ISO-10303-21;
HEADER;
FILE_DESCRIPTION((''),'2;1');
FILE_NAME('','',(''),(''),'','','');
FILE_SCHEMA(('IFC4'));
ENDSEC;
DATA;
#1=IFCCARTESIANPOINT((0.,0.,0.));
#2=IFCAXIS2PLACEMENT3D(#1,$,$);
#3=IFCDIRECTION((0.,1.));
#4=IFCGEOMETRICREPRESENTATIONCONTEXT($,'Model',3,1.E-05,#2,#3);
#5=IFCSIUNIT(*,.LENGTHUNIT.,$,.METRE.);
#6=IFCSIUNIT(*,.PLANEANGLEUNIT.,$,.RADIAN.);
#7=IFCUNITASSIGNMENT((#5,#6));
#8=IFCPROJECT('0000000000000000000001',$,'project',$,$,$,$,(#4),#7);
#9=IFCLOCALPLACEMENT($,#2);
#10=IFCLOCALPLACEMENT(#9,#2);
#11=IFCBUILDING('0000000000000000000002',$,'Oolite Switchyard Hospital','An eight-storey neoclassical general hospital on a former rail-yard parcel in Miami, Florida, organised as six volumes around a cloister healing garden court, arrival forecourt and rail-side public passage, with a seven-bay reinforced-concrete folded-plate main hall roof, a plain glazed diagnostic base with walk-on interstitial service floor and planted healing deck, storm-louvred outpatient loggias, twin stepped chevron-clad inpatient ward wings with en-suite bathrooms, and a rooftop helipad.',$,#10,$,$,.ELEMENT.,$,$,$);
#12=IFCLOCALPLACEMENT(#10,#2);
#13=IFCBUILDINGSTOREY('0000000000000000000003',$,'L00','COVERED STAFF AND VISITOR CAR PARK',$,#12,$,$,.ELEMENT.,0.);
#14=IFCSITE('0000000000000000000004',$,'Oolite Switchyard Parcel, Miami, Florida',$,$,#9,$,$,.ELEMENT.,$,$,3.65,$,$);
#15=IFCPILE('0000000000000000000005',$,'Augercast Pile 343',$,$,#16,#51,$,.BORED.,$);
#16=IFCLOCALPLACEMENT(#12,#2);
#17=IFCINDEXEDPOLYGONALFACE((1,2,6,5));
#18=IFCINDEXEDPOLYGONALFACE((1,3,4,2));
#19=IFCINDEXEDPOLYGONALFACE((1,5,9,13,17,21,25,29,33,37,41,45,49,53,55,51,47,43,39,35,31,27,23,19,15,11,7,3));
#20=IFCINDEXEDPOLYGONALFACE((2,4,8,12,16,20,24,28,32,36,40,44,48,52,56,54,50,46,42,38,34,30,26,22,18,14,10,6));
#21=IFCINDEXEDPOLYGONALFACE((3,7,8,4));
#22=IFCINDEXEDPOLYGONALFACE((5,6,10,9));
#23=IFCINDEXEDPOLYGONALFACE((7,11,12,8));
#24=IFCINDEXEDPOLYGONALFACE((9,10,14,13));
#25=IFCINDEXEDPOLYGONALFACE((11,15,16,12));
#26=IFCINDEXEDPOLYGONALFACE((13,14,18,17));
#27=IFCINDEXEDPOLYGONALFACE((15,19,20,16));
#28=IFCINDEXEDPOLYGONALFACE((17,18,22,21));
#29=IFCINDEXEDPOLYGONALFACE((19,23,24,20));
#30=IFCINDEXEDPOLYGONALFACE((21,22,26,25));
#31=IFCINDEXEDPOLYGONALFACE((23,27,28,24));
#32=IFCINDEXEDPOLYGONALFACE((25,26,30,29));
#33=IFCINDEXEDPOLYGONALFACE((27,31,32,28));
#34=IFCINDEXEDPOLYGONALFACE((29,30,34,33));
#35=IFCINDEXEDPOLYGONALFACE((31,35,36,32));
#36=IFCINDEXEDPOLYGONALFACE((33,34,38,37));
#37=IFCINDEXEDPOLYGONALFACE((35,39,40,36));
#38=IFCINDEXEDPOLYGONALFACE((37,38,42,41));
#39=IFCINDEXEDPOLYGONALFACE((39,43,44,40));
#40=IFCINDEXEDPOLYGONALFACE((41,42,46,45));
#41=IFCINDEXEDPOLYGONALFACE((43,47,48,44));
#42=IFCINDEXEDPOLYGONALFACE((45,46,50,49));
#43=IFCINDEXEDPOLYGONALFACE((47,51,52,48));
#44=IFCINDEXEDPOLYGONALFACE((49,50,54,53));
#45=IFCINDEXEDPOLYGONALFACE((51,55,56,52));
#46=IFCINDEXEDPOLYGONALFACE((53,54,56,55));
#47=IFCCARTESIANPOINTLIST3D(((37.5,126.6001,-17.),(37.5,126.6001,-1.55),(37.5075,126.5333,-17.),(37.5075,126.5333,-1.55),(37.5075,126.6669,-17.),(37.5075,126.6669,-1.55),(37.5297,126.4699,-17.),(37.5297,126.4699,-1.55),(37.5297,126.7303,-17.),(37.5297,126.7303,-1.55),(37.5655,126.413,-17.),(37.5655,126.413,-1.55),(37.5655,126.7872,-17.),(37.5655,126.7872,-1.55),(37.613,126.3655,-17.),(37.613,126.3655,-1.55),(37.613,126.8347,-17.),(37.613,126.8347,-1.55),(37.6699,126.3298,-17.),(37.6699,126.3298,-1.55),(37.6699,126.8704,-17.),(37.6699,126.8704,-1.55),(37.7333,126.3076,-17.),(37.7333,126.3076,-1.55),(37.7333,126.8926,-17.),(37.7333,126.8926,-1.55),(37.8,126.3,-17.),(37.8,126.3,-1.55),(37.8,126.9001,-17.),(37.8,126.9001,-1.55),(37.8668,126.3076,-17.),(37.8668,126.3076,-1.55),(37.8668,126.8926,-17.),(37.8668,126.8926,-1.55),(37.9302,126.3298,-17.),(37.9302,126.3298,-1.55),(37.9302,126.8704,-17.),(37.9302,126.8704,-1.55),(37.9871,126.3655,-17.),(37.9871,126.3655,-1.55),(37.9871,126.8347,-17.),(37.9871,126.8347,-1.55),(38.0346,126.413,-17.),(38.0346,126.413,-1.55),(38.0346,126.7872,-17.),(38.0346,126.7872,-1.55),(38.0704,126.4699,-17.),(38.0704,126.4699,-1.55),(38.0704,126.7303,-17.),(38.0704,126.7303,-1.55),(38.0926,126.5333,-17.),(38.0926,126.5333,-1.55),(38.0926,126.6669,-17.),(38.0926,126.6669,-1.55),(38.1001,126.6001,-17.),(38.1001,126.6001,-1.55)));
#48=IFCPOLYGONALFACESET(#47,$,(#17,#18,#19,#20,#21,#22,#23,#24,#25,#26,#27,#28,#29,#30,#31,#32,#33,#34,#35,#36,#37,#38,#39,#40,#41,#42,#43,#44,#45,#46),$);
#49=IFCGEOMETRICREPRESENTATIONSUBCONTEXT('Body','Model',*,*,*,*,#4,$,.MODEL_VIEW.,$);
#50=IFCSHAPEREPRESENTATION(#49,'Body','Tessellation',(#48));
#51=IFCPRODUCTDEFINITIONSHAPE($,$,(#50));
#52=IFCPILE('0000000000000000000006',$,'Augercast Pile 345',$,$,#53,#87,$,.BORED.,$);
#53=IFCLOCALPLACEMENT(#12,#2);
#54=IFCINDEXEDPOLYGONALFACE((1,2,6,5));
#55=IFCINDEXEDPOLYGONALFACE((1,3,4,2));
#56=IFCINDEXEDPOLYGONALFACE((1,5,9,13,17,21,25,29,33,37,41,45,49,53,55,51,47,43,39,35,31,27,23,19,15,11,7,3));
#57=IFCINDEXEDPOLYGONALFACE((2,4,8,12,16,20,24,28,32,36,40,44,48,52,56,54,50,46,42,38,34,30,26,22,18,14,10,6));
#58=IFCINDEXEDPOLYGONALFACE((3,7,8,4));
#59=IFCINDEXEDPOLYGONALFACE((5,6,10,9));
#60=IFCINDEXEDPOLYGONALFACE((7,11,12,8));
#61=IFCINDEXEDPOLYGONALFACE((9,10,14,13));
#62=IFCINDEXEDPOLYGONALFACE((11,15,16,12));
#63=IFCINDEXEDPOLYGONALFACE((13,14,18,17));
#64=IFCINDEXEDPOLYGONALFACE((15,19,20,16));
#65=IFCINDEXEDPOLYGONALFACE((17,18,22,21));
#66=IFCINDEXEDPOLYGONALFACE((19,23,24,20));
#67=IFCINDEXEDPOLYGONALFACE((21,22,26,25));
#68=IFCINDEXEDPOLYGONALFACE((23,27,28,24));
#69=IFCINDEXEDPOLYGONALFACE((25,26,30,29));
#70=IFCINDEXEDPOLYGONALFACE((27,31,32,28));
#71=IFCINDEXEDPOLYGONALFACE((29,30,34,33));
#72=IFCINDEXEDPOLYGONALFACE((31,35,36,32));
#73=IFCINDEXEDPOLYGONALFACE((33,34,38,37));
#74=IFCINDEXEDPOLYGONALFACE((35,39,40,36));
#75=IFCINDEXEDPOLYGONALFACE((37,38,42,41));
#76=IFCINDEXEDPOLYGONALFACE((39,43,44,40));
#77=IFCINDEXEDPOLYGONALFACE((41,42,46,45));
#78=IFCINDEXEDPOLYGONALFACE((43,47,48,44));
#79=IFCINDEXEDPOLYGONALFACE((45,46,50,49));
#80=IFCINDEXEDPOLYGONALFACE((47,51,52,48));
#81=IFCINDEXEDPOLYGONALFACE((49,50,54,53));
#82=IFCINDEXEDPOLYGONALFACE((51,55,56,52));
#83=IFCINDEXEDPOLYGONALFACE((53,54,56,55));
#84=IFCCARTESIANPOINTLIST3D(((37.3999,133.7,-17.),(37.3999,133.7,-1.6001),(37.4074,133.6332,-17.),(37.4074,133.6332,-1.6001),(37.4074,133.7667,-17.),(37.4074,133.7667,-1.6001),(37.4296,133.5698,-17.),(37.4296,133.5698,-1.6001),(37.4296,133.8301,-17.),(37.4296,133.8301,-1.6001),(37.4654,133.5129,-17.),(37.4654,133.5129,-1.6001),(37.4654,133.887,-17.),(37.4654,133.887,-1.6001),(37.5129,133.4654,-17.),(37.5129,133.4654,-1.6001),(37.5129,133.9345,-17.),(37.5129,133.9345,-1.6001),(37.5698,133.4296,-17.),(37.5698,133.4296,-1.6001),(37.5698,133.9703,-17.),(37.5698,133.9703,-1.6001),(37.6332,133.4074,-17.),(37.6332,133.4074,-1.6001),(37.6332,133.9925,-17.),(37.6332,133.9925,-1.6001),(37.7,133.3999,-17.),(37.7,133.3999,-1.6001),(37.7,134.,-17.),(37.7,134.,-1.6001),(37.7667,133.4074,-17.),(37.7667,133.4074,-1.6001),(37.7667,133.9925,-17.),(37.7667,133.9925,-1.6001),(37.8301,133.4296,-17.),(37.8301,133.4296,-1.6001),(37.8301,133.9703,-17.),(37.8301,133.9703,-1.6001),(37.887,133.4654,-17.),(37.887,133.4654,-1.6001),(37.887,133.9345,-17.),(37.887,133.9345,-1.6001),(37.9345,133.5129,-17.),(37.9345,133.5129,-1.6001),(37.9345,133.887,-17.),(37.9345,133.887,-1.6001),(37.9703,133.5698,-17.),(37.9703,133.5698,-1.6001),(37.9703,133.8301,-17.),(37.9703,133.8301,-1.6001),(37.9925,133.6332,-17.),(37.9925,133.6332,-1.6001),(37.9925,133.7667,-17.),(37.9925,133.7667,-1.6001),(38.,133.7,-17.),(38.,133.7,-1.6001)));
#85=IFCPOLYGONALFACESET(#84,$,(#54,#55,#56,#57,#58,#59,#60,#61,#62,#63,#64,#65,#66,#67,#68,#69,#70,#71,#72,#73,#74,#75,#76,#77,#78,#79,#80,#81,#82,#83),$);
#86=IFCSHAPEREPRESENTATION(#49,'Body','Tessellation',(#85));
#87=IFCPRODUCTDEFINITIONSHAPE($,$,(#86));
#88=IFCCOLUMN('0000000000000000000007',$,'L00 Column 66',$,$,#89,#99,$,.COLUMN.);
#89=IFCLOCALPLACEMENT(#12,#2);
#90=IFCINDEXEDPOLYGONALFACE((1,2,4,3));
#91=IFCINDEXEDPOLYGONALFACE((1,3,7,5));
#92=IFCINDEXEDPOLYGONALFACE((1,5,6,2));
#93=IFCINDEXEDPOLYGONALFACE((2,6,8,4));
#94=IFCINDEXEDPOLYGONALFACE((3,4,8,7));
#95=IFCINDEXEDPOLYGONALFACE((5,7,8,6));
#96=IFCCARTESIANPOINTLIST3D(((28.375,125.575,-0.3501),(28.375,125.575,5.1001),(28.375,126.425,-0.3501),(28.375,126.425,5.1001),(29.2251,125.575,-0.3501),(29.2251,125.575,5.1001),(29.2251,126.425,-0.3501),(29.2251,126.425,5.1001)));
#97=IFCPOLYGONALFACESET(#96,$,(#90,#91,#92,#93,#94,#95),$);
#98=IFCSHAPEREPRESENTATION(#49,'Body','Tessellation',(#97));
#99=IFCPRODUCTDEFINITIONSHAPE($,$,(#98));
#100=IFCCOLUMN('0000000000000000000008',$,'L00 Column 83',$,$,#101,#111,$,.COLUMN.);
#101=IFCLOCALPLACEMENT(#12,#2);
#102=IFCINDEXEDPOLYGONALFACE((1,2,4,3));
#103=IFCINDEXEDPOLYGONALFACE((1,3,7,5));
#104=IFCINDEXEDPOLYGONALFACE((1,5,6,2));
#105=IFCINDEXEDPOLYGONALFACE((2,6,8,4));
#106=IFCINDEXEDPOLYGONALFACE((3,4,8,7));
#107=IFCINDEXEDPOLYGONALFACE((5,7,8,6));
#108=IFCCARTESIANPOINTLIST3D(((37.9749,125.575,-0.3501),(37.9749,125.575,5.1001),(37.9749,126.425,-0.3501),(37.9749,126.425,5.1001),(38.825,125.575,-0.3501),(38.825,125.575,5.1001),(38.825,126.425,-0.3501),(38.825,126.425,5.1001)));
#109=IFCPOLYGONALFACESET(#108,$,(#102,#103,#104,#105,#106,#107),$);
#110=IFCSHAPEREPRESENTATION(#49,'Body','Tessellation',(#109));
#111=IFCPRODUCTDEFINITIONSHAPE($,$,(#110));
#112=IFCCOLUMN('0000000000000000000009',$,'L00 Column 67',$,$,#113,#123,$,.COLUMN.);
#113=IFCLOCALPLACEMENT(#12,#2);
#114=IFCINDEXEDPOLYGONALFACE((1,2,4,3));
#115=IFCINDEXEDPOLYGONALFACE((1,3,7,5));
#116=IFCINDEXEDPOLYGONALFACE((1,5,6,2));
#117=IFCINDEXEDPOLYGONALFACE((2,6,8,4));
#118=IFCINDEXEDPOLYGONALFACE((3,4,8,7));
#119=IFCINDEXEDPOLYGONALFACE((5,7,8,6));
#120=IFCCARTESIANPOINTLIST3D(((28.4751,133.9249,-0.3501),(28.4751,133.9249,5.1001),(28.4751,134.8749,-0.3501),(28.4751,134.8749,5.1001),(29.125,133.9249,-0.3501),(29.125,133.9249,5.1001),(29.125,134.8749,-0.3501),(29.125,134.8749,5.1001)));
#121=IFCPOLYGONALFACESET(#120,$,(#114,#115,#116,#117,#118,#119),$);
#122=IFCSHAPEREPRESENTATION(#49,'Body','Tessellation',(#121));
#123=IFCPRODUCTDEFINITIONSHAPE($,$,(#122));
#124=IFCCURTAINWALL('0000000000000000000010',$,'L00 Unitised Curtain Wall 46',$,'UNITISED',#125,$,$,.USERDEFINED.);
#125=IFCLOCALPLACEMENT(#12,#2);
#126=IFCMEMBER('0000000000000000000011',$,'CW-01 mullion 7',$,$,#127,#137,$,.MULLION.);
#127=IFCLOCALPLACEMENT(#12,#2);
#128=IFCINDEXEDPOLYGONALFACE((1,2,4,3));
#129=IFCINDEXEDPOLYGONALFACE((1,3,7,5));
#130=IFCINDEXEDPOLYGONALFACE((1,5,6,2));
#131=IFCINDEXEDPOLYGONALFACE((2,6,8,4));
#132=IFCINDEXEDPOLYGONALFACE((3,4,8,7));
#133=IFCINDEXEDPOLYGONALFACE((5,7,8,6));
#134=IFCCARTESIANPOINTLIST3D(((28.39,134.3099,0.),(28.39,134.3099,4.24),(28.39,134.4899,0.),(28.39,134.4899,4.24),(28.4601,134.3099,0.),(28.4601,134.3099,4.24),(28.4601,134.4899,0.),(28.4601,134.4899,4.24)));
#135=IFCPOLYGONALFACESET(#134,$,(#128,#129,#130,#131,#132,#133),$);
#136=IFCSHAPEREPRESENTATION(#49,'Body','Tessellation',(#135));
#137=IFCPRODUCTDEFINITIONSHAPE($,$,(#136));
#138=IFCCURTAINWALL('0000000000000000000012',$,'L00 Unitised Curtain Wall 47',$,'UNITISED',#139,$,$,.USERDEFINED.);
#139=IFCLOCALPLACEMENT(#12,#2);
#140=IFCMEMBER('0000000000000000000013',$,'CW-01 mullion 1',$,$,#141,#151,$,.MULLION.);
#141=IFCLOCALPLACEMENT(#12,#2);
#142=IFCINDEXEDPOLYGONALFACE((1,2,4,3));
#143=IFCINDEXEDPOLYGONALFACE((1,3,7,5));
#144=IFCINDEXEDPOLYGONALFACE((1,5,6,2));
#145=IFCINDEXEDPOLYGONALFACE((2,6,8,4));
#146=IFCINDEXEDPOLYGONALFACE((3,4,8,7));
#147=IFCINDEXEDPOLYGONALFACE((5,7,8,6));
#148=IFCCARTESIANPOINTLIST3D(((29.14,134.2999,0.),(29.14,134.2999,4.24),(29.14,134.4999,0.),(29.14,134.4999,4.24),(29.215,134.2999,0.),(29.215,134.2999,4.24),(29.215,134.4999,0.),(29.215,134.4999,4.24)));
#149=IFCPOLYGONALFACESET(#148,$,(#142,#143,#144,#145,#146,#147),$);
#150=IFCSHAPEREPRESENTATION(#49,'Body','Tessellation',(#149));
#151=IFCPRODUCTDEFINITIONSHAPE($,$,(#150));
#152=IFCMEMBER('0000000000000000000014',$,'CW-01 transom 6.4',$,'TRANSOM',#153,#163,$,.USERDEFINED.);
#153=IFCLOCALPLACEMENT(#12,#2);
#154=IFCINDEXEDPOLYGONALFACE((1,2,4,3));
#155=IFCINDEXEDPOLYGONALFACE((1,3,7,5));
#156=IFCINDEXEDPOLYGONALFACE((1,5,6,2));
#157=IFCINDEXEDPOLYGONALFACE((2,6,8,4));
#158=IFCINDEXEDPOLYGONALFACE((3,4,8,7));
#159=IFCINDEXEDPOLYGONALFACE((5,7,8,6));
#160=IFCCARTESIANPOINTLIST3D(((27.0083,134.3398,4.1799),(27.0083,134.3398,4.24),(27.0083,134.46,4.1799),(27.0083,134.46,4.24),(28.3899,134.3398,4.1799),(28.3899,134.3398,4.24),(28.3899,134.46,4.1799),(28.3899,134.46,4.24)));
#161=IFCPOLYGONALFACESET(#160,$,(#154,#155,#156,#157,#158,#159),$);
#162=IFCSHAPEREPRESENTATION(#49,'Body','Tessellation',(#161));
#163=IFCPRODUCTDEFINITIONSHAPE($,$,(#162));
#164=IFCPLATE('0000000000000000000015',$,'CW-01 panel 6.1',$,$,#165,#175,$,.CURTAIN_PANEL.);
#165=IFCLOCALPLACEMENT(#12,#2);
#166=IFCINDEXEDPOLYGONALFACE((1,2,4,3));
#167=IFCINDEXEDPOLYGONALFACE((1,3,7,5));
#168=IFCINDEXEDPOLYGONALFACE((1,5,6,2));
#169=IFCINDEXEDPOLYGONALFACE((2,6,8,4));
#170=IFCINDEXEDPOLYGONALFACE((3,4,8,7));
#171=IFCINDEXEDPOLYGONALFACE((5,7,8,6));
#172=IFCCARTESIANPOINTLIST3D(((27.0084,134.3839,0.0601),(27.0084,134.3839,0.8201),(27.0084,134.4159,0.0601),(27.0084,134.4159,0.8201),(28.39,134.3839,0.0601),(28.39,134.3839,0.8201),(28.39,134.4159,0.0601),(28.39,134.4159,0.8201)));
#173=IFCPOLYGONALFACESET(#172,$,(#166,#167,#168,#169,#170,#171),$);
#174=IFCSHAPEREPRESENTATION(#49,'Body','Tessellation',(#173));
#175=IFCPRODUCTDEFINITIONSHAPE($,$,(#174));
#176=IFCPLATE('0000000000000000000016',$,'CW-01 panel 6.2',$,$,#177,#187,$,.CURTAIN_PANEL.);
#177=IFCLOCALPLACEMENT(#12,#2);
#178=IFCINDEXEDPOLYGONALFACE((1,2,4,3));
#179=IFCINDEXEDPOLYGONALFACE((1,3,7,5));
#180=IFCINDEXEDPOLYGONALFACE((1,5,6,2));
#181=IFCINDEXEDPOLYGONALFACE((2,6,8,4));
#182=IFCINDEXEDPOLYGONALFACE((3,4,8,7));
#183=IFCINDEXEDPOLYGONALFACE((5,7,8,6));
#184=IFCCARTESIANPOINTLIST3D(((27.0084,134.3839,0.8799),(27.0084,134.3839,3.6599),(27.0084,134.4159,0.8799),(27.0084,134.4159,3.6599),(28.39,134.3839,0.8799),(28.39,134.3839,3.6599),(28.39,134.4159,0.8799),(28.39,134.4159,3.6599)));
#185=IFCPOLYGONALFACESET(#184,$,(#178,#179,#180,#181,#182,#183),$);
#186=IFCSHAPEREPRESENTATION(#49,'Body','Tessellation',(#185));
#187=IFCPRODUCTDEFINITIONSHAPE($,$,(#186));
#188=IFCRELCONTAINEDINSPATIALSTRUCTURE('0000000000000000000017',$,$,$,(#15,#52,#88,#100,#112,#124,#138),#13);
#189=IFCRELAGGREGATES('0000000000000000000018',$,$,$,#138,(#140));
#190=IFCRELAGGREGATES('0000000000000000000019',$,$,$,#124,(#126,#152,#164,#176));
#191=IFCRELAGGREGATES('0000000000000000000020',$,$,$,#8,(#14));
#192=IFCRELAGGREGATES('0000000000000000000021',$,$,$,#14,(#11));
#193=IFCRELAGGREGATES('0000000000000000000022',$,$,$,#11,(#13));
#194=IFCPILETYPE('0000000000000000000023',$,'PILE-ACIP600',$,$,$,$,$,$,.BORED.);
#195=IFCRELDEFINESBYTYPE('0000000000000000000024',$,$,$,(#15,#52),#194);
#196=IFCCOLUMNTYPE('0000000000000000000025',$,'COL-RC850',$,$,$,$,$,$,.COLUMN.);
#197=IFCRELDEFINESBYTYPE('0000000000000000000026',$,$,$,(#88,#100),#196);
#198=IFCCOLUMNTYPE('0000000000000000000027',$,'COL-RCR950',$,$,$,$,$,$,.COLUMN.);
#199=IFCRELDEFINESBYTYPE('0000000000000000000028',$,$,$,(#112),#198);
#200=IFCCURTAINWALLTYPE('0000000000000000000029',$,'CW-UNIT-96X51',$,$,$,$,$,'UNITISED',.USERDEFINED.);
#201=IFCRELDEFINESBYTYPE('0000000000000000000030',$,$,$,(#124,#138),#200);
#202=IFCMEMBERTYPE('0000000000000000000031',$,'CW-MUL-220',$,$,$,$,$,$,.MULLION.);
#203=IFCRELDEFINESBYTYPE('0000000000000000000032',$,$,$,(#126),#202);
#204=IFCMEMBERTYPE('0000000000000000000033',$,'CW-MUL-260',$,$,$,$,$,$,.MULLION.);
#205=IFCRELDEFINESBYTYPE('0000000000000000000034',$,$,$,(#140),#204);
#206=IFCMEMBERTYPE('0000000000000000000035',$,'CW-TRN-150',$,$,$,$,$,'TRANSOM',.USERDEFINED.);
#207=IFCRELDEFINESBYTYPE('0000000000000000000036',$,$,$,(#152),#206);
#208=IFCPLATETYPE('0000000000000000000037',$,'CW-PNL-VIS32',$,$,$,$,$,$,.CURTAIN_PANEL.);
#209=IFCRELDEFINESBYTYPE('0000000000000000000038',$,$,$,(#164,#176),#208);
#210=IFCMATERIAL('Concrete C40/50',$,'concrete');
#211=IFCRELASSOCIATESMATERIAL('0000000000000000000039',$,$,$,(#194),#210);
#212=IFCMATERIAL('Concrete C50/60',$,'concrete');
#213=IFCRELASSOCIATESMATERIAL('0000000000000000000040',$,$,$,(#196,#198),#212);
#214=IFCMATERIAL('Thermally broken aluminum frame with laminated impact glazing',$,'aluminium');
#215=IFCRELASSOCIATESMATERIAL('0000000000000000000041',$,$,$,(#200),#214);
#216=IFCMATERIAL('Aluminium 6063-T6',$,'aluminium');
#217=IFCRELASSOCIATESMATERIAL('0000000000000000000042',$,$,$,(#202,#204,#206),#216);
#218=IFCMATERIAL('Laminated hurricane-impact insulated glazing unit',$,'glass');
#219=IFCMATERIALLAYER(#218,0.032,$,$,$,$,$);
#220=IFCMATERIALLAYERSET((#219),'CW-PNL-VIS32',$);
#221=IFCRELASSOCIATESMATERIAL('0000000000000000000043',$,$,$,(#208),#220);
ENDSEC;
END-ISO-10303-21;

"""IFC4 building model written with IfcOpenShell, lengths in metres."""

from ifc_helpers import new_model, si_unit, direction, frame, origin, origin_2d, place, context, subcontext, project, spatial, rectangle, circle, extrude, material, layer, layer_set, material_profile, profile_set, type_object, element, aggregate, save


model = new_model("IFC4")

# Units and contexts
model_context = context("Model", 3, precision=1e-05, world=origin(), true_north=direction((0.0, 1.0)))
body_context = subcontext(model_context, "Body", "Model", "MODEL_VIEW")
ifc_project = project(units=[si_unit("LENGTHUNIT", "METRE"), si_unit("PLANEANGLEUNIT", "RADIAN")], contexts=[model_context])

# Site, building, storey
site_placement = place(None, origin())
site = spatial("IfcSite", under=ifc_project, at=site_placement, Name="Oolite Switchyard Parcel, Miami, Florida", CompositionType="ELEMENT", RefElevation=3.65)
building_placement = place(site_placement, origin())
building = spatial("IfcBuilding", under=site, at=building_placement, Name="Oolite Switchyard Hospital", Description="An eight-storey neoclassical general hospital on a former rail-yard parcel in Miami, Florida, organised as six volumes around a cloister healing garden court, arrival forecourt and rail-side public passage, with a seven-bay reinforced-concrete folded-plate main hall roof, a plain glazed diagnostic base with walk-on interstitial service floor and planted healing deck, storm-louvred outpatient loggias, twin stepped chevron-clad inpatient ward wings with en-suite bathrooms, and a rooftop helipad.", CompositionType="ELEMENT")
storey_placement = place(building_placement, origin())
storey = spatial("IfcBuildingStorey", under=building, at=storey_placement, Name="L00", Description="COVERED STAFF AND VISITOR CAR PARK", CompositionType="ELEMENT", Elevation=0.0)

# Shared definitions
ifc_material_1 = material(Name="Concrete C40/50", Category="concrete")

# Piles
ifc_material_profile_1 = material_profile(ifc_material_1, circle(Radius=0.3, at=origin_2d()), Name="PILE600")
ifc_profile_set_1 = profile_set([ifc_material_profile_1], Name="Concrete C40/50")
pile_type = type_object("IfcPileType", Name="PILE-ACIP600", PredefinedType="BORED", material=ifc_profile_set_1)
for number, where, z_axis, x_axis, name in (
    (1, (37.8, 126.6001, -1.55), (0.0, 0.0, -1.0), (1.0, 0.0, 0.0), "Augercast Pile 343"),
):
    element("IfcPile", number, at=place(storey_placement, frame(where, z_axis=z_axis, x_axis=x_axis)), inside=storey, type_object=pile_type, Name=name, PredefinedType="BORED", context=body_context, shape_type="SweptSolid", body=[
        extrude(circle(Radius=0.3, at=origin_2d()), origin(), (0.0, 0.0, 1.0), 15.45),
    ])
pile_placement = place(storey_placement, frame((37.7, 133.7, -1.6001), z_axis=(0.0, 0.0, -1.0), x_axis=(1.0, 0.0, 0.0)))
element("IfcPile", 2, at=pile_placement, inside=storey, type_object=pile_type, Name="Augercast Pile 345", PredefinedType="BORED", context=body_context, shape_type="SweptSolid", body=[
    extrude(circle(Radius=0.3, at=origin_2d()), origin(), (0.0, 0.0, 1.0), 15.3999),
])

# Columns
ifc_material_2 = material(Name="Concrete C50/60", Category="concrete")
ifc_material_profile_2 = material_profile(ifc_material_2, rectangle(XDim=0.8501, YDim=0.8501, at=origin_2d()), Name="RC850X850")
ifc_profile_set_2 = profile_set([ifc_material_profile_2], Name="Concrete C50/60")
column_type_1 = type_object("IfcColumnType", Name="COL-RC850", PredefinedType="COLUMN", material=ifc_profile_set_2)
for number, where, z_axis, x_axis, name in (
    (3, (28.8, 126.0, -0.3501), (0.0, 0.0, 1.0), (1.0, 0.0, 0.0), "L00 Column 66"),
    (4, (38.3999, 126.0, -0.3501), (0.0, 0.0, 1.0), (1.0, 0.0, 0.0), "L00 Column 83"),
):
    element("IfcColumn", number, at=place(storey_placement, frame(where, z_axis=z_axis, x_axis=x_axis)), inside=storey, type_object=column_type_1, Name=name, PredefinedType="COLUMN", context=body_context, shape_type="SweptSolid", body=[
        extrude(rectangle(XDim=0.8501, YDim=0.8501, at=origin_2d()), origin(), (0.0, 0.0, 1.0), 5.4502),
    ])
ifc_material_profile_3 = material_profile(ifc_material_2, rectangle(XDim=0.95, YDim=0.6499, at=origin_2d()), Name="RC950X650")
ifc_profile_set_3 = profile_set([ifc_material_profile_3], Name="Concrete C50/60")
column_type_2 = type_object("IfcColumnType", Name="COL-RCR950", PredefinedType="COLUMN", material=ifc_profile_set_3)
column_placement = place(storey_placement, frame((28.8, 134.3999, -0.3501), z_axis=(0.0, 0.0, 1.0), x_axis=(0.0, 1.0, 0.0)))
element("IfcColumn", 5, at=column_placement, inside=storey, type_object=column_type_2, Name="L00 Column 67", PredefinedType="COLUMN", context=body_context, shape_type="SweptSolid", body=[
    extrude(rectangle(XDim=0.95, YDim=0.6499, at=origin_2d()), origin(), (0.0, 0.0, 1.0), 5.4502),
])

# Curtain walls, members
ifc_material_3 = material(Name="Thermally broken aluminum frame with laminated impact glazing", Category="aluminium")
curtain_wall_type = type_object("IfcCurtainWallType", Name="CW-UNIT-96X51", ElementType="UNITISED", PredefinedType="USERDEFINED", material=ifc_material_3)
curtain_wall_1_placement = place(storey_placement, origin())
curtain_wall_1 = element("IfcCurtainWall", 6, at=curtain_wall_1_placement, inside=storey, type_object=curtain_wall_type, Name="L00 Unitised Curtain Wall 46", ObjectType="UNITISED", PredefinedType="USERDEFINED")
ifc_material_4 = material(Name="Aluminium 6063-T6", Category="aluminium")
ifc_material_profile_4 = material_profile(ifc_material_4, rectangle(XDim=0.1799, YDim=0.0701, at=origin_2d()), Name="CWM70X180")
ifc_profile_set_4 = profile_set([ifc_material_profile_4], Name="Aluminium 6063-T6")
member_type_1 = type_object("IfcMemberType", Name="CW-MUL-220", PredefinedType="MULLION", material=ifc_profile_set_4)
member_1_placement = place(storey_placement, frame((28.425, 134.3999, 0.0), z_axis=(0.0, 0.0, 1.0), x_axis=(0.0, 1.0, 0.0)))
member_1 = element("IfcMember", 7, at=member_1_placement, type_object=member_type_1, Name="CW-01 mullion 7", PredefinedType="MULLION", context=body_context, shape_type="SweptSolid", body=[
    extrude(rectangle(XDim=0.1799, YDim=0.0701, at=origin_2d()), origin(), (0.0, 0.0, 1.0), 4.24),
])
curtain_wall_2_placement = place(storey_placement, origin())
curtain_wall_2 = element("IfcCurtainWall", 8, at=curtain_wall_2_placement, inside=storey, type_object=curtain_wall_type, Name="L00 Unitised Curtain Wall 47", ObjectType="UNITISED", PredefinedType="USERDEFINED")
ifc_material_profile_5 = material_profile(ifc_material_4, rectangle(XDim=0.2, YDim=0.075, at=origin_2d()), Name="CWM75X200")
ifc_profile_set_5 = profile_set([ifc_material_profile_5], Name="Aluminium 6063-T6")
member_type_2 = type_object("IfcMemberType", Name="CW-MUL-260", PredefinedType="MULLION", material=ifc_profile_set_5)
member_2_placement = place(storey_placement, frame((29.1775, 134.3999, 0.0), z_axis=(0.0, 0.0, 1.0), x_axis=(0.0, 1.0, 0.0)))
member_2 = element("IfcMember", 9, at=member_2_placement, type_object=member_type_2, Name="CW-01 mullion 1", PredefinedType="MULLION", context=body_context, shape_type="SweptSolid", body=[
    extrude(rectangle(XDim=0.2, YDim=0.075, at=origin_2d()), origin(), (0.0, 0.0, 1.0), 4.24),
])
aggregate(curtain_wall_2, [member_2])

# Member
ifc_material_profile_6 = material_profile(ifc_material_4, rectangle(XDim=0.1201, YDim=0.0601, at=origin_2d()), Name="CWT60X120")
ifc_profile_set_6 = profile_set([ifc_material_profile_6], Name="Aluminium 6063-T6")
member_type_3 = type_object("IfcMemberType", Name="CW-TRN-150", ElementType="TRANSOM", PredefinedType="USERDEFINED", material=ifc_profile_set_6)
member_3_placement = place(storey_placement, frame((27.0083, 134.3999, 4.21), z_axis=(1.0, 0.0, 0.0), x_axis=(0.0, 1.0, 0.0)))
member_3 = element("IfcMember", 10, at=member_3_placement, type_object=member_type_3, Name="CW-01 transom 6.4", ObjectType="TRANSOM", PredefinedType="USERDEFINED", context=body_context, shape_type="SweptSolid", body=[
    extrude(rectangle(XDim=0.1201, YDim=0.0601, at=origin_2d()), origin(), (0.0, 0.0, 1.0), 1.3816),
])

# Plates
ifc_material_5 = material(Name="Laminated hurricane-impact insulated glazing unit", Category="glass")
ifc_layer = layer(ifc_material_5, 0.032)
ifc_layer_set = layer_set([ifc_layer], Name="CW-PNL-VIS32")
plate_type = type_object("IfcPlateType", Name="CW-PNL-VIS32", PredefinedType="CURTAIN_PANEL", material=ifc_layer_set)
plate_1_placement = place(storey_placement, frame((27.6992, 134.3999, 0.0601), z_axis=(0.0, 0.0, 1.0), x_axis=(1.0, 0.0, 0.0)))
plate_1 = element("IfcPlate", 11, at=plate_1_placement, type_object=plate_type, Name="CW-01 panel 6.1", PredefinedType="CURTAIN_PANEL", context=body_context, shape_type="SweptSolid", body=[
    extrude(rectangle(XDim=1.3816, YDim=0.032, at=origin_2d()), origin(), (0.0, 0.0, 1.0), 0.76),
])
plate_2_placement = place(storey_placement, frame((27.6992, 134.3999, 0.8799), z_axis=(0.0, 0.0, 1.0), x_axis=(1.0, 0.0, 0.0)))
plate_2 = element("IfcPlate", 12, at=plate_2_placement, type_object=plate_type, Name="CW-01 panel 6.2", PredefinedType="CURTAIN_PANEL", context=body_context, shape_type="SweptSolid", body=[
    extrude(rectangle(XDim=1.3816, YDim=0.032, at=origin_2d()), origin(), (0.0, 0.0, 1.0), 2.78),
])
aggregate(curtain_wall_1, [member_1, member_3, plate_1, plate_2])

save(model, "model.ifc")
